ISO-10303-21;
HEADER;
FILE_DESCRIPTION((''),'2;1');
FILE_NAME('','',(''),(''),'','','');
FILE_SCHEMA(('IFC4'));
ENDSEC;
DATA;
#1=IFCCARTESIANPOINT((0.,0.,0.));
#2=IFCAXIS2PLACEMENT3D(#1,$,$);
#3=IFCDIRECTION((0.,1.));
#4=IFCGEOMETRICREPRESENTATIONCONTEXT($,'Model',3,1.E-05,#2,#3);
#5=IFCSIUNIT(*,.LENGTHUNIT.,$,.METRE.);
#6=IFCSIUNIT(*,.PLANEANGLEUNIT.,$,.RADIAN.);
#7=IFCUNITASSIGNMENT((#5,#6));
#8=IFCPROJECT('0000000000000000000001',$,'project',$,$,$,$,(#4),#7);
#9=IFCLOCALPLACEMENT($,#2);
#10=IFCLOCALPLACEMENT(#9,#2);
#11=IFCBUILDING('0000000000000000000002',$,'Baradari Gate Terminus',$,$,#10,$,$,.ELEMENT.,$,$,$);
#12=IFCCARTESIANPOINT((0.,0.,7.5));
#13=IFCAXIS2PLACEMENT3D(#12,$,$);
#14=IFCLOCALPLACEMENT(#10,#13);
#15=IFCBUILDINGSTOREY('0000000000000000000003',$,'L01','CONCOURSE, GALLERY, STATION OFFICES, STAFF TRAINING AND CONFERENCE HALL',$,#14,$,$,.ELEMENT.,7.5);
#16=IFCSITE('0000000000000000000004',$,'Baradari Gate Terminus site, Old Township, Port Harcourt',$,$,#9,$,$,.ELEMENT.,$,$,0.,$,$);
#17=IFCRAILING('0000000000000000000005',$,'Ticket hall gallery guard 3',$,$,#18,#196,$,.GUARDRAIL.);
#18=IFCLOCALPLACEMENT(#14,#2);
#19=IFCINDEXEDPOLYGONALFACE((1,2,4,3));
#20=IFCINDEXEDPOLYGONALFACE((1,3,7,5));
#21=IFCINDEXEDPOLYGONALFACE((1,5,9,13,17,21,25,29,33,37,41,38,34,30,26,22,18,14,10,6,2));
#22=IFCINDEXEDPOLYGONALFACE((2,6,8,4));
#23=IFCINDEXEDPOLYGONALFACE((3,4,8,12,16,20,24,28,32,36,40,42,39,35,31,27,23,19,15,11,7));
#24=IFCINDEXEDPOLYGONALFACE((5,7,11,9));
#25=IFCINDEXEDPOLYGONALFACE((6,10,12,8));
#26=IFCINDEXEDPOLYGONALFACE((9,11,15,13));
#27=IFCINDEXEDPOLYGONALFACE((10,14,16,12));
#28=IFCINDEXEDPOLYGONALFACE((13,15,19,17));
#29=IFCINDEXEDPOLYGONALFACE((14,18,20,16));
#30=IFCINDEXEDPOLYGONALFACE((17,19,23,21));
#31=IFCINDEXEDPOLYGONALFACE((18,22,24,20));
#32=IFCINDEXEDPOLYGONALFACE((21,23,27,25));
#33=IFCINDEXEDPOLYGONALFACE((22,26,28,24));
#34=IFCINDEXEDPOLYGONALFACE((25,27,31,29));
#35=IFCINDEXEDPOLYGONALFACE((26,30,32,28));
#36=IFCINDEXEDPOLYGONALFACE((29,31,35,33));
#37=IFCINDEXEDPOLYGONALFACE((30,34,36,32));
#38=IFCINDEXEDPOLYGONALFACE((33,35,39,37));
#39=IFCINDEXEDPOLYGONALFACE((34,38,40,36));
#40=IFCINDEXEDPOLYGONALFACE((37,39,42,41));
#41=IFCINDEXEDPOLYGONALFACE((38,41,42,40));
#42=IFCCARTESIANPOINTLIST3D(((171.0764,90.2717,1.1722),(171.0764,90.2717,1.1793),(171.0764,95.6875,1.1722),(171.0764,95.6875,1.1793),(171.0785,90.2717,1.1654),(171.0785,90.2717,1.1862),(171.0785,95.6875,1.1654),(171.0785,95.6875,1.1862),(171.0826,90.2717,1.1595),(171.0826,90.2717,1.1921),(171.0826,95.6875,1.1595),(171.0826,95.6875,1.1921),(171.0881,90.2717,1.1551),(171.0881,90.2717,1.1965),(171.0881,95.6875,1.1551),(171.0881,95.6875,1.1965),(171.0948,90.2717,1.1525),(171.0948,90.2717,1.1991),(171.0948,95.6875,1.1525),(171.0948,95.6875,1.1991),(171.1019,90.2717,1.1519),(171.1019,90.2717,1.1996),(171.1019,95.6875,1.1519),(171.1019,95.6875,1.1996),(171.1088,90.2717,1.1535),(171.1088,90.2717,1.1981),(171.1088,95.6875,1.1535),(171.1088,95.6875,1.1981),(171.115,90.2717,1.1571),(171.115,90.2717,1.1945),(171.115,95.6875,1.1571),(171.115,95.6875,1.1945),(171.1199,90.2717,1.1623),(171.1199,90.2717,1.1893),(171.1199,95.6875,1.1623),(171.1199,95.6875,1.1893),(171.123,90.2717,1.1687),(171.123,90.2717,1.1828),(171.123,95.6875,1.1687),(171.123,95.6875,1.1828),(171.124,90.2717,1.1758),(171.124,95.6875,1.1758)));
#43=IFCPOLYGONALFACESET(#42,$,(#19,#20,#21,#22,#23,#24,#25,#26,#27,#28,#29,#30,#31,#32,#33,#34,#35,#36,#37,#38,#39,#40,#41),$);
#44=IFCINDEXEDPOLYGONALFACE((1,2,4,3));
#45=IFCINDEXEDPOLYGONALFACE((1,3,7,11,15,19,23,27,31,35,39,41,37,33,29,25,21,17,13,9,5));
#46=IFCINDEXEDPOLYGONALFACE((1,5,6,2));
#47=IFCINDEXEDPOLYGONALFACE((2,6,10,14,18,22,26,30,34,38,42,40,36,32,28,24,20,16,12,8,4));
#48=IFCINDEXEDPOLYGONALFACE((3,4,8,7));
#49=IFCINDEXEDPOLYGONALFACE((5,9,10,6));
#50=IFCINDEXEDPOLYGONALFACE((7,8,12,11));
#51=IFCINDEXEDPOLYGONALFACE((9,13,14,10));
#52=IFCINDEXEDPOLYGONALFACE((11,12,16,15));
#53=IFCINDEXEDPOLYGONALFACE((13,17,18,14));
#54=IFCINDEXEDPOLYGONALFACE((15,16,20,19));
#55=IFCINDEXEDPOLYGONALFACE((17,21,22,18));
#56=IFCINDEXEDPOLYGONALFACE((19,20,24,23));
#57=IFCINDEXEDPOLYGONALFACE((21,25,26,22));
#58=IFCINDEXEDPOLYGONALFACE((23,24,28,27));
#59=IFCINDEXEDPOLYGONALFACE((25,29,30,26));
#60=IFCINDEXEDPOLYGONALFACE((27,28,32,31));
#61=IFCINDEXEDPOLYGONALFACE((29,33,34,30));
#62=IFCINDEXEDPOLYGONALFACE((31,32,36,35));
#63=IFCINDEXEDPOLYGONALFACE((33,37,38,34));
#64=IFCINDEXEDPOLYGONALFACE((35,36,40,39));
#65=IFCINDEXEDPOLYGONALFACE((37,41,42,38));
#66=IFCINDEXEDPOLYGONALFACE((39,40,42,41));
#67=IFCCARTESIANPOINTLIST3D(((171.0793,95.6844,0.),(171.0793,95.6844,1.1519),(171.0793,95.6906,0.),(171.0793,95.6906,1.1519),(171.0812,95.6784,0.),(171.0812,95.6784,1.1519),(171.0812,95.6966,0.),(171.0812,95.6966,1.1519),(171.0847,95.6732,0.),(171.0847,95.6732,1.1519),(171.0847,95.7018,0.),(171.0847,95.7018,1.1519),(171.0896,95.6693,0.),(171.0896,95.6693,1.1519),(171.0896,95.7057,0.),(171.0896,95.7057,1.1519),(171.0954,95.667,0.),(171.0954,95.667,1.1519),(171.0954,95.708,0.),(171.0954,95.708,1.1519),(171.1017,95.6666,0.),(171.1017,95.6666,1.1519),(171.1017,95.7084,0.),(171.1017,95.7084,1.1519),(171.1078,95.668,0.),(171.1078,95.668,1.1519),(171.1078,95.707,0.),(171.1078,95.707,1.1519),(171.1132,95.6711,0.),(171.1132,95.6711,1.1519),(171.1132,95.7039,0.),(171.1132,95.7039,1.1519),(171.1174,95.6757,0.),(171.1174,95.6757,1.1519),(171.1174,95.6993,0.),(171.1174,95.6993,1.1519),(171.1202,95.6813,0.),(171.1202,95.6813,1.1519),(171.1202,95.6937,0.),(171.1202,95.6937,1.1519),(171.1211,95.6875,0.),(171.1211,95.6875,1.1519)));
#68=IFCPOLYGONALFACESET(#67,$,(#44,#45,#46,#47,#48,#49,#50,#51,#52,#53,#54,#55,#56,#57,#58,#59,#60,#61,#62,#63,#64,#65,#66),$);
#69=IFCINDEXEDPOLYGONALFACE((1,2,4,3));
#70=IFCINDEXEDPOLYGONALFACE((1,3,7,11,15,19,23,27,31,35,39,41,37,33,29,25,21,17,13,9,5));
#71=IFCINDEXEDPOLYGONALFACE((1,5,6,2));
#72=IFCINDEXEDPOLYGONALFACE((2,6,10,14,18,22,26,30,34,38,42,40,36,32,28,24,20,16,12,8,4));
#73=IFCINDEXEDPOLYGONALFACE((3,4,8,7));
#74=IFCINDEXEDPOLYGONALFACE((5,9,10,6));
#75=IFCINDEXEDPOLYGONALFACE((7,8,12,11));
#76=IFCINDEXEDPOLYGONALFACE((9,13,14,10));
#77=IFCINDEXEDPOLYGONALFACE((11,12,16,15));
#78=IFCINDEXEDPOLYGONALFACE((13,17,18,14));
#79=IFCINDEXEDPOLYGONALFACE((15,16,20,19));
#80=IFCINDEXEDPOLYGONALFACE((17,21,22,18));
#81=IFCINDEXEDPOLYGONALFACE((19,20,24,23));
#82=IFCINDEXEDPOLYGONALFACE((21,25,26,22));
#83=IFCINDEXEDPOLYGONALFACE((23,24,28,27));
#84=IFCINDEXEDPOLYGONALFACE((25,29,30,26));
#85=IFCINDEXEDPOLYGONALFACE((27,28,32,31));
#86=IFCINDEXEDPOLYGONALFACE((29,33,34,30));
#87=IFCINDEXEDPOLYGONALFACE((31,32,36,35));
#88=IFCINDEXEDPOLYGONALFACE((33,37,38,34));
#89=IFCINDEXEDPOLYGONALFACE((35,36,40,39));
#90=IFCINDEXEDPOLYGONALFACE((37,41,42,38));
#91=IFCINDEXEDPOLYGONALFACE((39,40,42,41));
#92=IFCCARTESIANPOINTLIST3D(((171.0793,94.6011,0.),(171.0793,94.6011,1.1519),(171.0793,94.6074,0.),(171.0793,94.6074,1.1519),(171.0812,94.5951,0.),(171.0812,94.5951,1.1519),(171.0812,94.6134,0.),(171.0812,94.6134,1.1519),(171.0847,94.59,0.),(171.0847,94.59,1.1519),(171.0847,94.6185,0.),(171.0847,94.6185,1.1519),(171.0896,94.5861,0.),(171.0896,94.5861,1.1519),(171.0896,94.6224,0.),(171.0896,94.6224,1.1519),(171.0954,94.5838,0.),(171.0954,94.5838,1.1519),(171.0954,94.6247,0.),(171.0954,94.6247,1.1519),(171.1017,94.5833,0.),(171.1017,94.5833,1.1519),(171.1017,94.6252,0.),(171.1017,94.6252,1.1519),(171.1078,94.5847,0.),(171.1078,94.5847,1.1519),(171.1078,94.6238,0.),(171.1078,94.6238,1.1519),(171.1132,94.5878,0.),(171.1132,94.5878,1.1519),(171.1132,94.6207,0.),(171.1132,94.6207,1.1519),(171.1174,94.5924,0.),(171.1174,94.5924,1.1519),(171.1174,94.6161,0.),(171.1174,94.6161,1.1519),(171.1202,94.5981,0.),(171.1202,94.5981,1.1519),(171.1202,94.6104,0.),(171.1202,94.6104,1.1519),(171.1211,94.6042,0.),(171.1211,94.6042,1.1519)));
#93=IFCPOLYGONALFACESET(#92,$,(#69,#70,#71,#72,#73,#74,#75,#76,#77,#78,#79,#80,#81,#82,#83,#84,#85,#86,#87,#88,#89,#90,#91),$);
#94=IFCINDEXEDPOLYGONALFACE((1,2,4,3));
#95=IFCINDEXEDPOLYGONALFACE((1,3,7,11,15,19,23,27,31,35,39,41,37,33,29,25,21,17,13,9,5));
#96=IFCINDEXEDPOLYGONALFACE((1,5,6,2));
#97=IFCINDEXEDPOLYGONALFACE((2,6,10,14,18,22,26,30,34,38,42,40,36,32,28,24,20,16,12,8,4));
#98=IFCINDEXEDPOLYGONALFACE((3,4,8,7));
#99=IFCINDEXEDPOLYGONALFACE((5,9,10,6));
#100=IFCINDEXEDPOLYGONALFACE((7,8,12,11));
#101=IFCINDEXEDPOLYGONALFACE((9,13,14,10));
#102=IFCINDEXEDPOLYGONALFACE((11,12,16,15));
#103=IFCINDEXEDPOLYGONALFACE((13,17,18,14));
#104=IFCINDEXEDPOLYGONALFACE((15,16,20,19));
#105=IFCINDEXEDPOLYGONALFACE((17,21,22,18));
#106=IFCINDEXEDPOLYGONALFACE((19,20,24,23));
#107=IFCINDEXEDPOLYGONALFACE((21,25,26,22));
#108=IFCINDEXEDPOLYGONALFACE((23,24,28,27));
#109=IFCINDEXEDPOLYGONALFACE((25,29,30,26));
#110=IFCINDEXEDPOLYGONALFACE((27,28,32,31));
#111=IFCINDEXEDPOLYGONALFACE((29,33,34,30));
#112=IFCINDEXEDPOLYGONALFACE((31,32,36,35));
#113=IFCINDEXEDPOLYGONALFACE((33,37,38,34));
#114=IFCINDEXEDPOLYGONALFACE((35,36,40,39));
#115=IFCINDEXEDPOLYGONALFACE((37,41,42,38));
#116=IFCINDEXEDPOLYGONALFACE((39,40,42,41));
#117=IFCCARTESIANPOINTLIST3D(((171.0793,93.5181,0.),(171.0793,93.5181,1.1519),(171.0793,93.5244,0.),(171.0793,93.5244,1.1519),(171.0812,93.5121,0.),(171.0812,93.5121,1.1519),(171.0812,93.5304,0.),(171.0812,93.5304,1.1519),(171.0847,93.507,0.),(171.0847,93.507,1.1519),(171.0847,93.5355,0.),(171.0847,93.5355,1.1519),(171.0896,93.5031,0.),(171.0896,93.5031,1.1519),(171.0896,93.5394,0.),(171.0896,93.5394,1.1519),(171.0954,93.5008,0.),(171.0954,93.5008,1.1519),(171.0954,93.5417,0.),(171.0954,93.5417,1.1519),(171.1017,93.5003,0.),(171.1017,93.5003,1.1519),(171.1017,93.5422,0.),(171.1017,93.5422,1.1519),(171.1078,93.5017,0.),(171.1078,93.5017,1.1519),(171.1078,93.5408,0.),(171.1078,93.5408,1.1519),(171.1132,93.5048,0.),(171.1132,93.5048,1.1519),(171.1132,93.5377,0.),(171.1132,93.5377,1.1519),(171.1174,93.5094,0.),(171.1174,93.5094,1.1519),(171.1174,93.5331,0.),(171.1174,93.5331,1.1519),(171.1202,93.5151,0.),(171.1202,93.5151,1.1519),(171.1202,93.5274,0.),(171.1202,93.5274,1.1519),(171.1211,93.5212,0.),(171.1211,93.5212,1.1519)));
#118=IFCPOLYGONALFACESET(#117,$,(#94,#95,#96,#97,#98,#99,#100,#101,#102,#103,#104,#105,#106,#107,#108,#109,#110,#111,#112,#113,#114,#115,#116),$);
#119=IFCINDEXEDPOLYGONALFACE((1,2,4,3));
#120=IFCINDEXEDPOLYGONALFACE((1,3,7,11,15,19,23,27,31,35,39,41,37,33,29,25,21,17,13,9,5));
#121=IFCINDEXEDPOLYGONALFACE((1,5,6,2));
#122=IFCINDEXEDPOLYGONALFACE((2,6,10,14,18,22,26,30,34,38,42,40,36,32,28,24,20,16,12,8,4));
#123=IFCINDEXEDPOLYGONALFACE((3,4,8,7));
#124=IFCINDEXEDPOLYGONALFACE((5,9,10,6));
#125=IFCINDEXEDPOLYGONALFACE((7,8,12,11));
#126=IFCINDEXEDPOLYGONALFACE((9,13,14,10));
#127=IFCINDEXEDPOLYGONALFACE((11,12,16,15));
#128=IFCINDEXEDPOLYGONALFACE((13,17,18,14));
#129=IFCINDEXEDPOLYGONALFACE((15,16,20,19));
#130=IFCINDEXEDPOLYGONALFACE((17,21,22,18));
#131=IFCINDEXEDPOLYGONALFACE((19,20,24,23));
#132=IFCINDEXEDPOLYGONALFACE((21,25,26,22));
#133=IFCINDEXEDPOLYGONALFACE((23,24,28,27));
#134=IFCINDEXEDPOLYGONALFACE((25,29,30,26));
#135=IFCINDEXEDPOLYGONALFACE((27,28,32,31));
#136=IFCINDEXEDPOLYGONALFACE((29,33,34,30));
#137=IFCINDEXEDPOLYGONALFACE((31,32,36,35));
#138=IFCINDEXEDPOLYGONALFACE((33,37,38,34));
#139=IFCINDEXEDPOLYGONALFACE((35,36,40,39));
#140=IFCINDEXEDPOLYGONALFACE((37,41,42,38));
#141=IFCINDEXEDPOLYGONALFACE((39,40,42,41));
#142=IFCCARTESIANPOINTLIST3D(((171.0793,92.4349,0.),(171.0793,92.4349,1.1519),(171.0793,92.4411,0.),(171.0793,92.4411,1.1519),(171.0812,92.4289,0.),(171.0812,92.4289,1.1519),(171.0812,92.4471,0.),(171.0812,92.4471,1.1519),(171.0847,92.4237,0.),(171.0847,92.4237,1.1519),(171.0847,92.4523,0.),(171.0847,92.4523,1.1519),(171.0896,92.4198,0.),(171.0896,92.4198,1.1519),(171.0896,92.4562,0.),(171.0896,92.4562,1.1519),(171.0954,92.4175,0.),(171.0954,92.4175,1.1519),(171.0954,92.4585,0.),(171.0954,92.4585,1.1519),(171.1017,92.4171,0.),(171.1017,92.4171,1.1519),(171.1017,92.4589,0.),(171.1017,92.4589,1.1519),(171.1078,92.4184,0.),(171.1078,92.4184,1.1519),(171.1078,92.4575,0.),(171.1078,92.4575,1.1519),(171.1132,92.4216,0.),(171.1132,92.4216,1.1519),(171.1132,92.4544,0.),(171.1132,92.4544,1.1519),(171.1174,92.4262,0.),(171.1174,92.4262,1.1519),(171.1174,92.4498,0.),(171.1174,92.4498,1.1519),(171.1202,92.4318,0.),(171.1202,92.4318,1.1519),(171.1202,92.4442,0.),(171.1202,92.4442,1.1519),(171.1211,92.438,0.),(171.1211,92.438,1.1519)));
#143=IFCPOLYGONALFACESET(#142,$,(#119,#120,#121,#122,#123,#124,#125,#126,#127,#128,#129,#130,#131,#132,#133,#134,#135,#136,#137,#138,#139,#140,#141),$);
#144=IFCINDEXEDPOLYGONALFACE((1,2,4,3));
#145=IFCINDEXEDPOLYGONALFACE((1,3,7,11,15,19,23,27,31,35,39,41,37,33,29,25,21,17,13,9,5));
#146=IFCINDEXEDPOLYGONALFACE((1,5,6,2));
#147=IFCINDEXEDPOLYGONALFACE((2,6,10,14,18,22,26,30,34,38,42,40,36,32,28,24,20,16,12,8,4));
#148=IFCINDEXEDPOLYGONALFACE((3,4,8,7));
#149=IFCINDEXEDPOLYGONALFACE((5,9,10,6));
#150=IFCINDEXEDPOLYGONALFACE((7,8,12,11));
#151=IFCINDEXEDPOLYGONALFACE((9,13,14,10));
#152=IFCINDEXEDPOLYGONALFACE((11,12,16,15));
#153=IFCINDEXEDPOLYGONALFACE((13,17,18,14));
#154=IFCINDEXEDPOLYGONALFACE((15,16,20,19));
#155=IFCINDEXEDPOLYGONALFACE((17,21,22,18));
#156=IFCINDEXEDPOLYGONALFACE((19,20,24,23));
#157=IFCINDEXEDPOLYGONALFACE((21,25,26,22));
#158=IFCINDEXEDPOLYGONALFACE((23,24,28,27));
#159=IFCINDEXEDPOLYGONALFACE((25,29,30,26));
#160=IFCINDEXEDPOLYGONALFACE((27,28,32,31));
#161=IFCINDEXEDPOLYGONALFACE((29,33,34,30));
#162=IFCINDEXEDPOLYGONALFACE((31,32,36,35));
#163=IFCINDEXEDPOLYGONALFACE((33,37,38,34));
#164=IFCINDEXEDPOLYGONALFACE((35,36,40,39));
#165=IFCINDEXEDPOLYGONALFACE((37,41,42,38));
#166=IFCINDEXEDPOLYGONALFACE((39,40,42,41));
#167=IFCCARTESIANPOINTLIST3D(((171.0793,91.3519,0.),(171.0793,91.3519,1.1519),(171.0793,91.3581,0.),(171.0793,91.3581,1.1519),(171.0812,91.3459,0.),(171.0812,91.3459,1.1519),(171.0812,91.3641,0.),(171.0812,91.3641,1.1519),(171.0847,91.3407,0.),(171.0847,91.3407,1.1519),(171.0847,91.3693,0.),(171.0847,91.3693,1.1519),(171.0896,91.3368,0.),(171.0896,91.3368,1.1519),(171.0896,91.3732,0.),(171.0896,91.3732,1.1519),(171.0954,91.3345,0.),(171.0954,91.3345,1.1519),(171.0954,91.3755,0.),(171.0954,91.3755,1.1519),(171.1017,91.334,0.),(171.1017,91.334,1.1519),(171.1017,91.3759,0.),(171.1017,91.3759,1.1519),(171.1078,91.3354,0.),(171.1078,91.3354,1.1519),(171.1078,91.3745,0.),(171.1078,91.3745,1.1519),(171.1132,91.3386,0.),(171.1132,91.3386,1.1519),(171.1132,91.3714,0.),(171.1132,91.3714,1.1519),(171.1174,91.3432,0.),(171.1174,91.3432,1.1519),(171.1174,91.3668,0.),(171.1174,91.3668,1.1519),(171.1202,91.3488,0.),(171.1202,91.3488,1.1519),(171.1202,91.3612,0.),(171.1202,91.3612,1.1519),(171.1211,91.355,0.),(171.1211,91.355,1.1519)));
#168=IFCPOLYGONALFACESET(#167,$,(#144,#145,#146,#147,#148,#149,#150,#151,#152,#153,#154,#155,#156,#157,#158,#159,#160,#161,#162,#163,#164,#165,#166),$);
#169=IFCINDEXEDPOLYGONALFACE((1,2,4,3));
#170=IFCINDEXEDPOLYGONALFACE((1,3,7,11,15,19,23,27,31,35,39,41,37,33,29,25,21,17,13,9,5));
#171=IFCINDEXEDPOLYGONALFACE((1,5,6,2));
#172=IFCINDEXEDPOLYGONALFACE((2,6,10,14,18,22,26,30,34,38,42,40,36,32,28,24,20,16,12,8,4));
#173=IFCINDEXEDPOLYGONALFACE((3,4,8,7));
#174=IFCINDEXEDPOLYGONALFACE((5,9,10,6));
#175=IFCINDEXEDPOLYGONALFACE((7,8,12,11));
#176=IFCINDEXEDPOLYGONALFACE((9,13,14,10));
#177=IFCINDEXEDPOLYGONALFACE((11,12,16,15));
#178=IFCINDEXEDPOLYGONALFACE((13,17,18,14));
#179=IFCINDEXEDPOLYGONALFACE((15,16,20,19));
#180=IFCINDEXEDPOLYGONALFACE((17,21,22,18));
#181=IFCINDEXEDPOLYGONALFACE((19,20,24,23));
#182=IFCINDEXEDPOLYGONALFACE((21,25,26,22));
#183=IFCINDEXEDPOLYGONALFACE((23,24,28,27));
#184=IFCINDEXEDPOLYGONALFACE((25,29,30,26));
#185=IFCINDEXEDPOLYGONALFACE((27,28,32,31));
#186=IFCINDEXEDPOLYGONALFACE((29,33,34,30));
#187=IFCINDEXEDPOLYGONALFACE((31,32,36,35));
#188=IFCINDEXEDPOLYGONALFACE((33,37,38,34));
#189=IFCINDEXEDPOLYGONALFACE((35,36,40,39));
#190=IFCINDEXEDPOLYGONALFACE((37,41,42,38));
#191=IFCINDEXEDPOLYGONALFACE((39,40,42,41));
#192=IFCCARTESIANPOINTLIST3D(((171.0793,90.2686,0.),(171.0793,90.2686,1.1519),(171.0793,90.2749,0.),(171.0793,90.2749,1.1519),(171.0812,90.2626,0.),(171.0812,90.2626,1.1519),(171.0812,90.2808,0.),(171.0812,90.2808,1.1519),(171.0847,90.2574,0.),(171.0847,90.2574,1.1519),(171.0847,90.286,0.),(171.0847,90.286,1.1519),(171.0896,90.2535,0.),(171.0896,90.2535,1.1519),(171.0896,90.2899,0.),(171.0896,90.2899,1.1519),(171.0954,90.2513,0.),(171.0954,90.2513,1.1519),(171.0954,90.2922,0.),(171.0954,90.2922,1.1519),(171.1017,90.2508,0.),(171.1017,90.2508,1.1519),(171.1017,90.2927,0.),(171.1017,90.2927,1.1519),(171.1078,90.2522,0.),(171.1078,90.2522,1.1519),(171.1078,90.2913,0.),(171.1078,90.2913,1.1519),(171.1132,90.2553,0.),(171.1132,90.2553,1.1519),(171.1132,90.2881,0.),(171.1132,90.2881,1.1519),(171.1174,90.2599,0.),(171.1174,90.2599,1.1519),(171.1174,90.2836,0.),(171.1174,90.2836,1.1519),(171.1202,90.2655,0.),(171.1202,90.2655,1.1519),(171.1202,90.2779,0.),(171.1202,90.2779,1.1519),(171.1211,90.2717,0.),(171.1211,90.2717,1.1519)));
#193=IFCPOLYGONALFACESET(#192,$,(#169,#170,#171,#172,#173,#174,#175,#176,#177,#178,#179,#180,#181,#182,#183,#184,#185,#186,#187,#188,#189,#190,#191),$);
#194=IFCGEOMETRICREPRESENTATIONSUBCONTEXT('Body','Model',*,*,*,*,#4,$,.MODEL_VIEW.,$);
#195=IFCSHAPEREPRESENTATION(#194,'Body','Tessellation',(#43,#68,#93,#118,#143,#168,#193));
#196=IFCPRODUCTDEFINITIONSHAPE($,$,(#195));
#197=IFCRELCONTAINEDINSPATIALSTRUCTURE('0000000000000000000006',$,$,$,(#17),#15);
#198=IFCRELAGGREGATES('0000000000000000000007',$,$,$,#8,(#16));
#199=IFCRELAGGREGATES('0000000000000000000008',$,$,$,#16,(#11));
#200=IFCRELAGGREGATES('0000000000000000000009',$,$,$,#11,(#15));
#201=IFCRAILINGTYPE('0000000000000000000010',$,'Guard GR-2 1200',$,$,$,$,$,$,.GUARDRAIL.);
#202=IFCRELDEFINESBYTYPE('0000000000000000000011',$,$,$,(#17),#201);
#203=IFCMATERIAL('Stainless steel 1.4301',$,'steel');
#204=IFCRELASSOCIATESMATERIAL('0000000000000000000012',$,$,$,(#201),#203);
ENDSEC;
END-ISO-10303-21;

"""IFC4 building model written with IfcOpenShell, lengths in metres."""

from ifc_helpers import new_model, si_unit, direction, frame, origin, origin_2d, place, context, subcontext, project, spatial, circle, extrude, material, type_object, element, save


model = new_model("IFC4")

# Units and contexts
model_context = context("Model", 3, precision=1e-05, world=origin(), true_north=direction((0.0, 1.0)))
body_context = subcontext(model_context, "Body", "Model", "MODEL_VIEW")
ifc_project = project(units=[si_unit("LENGTHUNIT", "METRE"), si_unit("PLANEANGLEUNIT", "RADIAN")], contexts=[model_context])

# Site, building, storey
site_placement = place(None, origin())
site = spatial("IfcSite", under=ifc_project, at=site_placement, Name="Baradari Gate Terminus site, Old Township, Port Harcourt", CompositionType="ELEMENT", RefElevation=0.0)
building_placement = place(site_placement, origin())
building = spatial("IfcBuilding", under=site, at=building_placement, Name="Baradari Gate Terminus", CompositionType="ELEMENT")
storey_placement = place(building_placement, frame((0.0, 0.0, 7.5)))
storey = spatial("IfcBuildingStorey", under=building, at=storey_placement, Name="L01", Description="CONCOURSE, GALLERY, STATION OFFICES, STAFF TRAINING AND CONFERENCE HALL", CompositionType="ELEMENT", Elevation=7.5)

# Railing
ifc_material_1 = material(Name="Stainless steel 1.4301", Category="steel")
railing_type = type_object("IfcRailingType", Name="Guard GR-2 1200", PredefinedType="GUARDRAIL", material=ifc_material_1)
railing_1_placement = place(storey_placement, frame((171.1001, 95.6875, 0.0)))
element("IfcRailing", 1, at=railing_1_placement, inside=storey, type_object=railing_type, Name="Ticket hall gallery guard 3", PredefinedType="GUARDRAIL", context=body_context, shape_type="SweptSolid", body=[
    extrude(circle(Radius=0.0239, at=origin_2d()), frame((0.0, 0.0, 1.1758), z_axis=(0.0, -1.0, 0.0), x_axis=(1.0, 0.0, 0.0)), (0.0, 0.0, 1.0), 5.4158),
    extrude(circle(Radius=0.021, at=origin_2d()), origin(), (0.0, 0.0, 1.0), 1.1519),
    extrude(circle(Radius=0.021, at=origin_2d()), frame((0.0, -1.0833, 0.0)), (0.0, 0.0, 1.0), 1.1519),
    extrude(circle(Radius=0.021, at=origin_2d()), frame((0.0, -2.1663, 0.0)), (0.0, 0.0, 1.0), 1.1519),
    extrude(circle(Radius=0.021, at=origin_2d()), frame((0.0, -3.2495, 0.0)), (0.0, 0.0, 1.0), 1.1519),
    extrude(circle(Radius=0.021, at=origin_2d()), frame((0.0, -4.3325, 0.0)), (0.0, 0.0, 1.0), 1.1519),
    extrude(circle(Radius=0.021, at=origin_2d()), frame((0.0, -5.4158, 0.0)), (0.0, 0.0, 1.0), 1.1519),
])

save(model, "model.ifc")
